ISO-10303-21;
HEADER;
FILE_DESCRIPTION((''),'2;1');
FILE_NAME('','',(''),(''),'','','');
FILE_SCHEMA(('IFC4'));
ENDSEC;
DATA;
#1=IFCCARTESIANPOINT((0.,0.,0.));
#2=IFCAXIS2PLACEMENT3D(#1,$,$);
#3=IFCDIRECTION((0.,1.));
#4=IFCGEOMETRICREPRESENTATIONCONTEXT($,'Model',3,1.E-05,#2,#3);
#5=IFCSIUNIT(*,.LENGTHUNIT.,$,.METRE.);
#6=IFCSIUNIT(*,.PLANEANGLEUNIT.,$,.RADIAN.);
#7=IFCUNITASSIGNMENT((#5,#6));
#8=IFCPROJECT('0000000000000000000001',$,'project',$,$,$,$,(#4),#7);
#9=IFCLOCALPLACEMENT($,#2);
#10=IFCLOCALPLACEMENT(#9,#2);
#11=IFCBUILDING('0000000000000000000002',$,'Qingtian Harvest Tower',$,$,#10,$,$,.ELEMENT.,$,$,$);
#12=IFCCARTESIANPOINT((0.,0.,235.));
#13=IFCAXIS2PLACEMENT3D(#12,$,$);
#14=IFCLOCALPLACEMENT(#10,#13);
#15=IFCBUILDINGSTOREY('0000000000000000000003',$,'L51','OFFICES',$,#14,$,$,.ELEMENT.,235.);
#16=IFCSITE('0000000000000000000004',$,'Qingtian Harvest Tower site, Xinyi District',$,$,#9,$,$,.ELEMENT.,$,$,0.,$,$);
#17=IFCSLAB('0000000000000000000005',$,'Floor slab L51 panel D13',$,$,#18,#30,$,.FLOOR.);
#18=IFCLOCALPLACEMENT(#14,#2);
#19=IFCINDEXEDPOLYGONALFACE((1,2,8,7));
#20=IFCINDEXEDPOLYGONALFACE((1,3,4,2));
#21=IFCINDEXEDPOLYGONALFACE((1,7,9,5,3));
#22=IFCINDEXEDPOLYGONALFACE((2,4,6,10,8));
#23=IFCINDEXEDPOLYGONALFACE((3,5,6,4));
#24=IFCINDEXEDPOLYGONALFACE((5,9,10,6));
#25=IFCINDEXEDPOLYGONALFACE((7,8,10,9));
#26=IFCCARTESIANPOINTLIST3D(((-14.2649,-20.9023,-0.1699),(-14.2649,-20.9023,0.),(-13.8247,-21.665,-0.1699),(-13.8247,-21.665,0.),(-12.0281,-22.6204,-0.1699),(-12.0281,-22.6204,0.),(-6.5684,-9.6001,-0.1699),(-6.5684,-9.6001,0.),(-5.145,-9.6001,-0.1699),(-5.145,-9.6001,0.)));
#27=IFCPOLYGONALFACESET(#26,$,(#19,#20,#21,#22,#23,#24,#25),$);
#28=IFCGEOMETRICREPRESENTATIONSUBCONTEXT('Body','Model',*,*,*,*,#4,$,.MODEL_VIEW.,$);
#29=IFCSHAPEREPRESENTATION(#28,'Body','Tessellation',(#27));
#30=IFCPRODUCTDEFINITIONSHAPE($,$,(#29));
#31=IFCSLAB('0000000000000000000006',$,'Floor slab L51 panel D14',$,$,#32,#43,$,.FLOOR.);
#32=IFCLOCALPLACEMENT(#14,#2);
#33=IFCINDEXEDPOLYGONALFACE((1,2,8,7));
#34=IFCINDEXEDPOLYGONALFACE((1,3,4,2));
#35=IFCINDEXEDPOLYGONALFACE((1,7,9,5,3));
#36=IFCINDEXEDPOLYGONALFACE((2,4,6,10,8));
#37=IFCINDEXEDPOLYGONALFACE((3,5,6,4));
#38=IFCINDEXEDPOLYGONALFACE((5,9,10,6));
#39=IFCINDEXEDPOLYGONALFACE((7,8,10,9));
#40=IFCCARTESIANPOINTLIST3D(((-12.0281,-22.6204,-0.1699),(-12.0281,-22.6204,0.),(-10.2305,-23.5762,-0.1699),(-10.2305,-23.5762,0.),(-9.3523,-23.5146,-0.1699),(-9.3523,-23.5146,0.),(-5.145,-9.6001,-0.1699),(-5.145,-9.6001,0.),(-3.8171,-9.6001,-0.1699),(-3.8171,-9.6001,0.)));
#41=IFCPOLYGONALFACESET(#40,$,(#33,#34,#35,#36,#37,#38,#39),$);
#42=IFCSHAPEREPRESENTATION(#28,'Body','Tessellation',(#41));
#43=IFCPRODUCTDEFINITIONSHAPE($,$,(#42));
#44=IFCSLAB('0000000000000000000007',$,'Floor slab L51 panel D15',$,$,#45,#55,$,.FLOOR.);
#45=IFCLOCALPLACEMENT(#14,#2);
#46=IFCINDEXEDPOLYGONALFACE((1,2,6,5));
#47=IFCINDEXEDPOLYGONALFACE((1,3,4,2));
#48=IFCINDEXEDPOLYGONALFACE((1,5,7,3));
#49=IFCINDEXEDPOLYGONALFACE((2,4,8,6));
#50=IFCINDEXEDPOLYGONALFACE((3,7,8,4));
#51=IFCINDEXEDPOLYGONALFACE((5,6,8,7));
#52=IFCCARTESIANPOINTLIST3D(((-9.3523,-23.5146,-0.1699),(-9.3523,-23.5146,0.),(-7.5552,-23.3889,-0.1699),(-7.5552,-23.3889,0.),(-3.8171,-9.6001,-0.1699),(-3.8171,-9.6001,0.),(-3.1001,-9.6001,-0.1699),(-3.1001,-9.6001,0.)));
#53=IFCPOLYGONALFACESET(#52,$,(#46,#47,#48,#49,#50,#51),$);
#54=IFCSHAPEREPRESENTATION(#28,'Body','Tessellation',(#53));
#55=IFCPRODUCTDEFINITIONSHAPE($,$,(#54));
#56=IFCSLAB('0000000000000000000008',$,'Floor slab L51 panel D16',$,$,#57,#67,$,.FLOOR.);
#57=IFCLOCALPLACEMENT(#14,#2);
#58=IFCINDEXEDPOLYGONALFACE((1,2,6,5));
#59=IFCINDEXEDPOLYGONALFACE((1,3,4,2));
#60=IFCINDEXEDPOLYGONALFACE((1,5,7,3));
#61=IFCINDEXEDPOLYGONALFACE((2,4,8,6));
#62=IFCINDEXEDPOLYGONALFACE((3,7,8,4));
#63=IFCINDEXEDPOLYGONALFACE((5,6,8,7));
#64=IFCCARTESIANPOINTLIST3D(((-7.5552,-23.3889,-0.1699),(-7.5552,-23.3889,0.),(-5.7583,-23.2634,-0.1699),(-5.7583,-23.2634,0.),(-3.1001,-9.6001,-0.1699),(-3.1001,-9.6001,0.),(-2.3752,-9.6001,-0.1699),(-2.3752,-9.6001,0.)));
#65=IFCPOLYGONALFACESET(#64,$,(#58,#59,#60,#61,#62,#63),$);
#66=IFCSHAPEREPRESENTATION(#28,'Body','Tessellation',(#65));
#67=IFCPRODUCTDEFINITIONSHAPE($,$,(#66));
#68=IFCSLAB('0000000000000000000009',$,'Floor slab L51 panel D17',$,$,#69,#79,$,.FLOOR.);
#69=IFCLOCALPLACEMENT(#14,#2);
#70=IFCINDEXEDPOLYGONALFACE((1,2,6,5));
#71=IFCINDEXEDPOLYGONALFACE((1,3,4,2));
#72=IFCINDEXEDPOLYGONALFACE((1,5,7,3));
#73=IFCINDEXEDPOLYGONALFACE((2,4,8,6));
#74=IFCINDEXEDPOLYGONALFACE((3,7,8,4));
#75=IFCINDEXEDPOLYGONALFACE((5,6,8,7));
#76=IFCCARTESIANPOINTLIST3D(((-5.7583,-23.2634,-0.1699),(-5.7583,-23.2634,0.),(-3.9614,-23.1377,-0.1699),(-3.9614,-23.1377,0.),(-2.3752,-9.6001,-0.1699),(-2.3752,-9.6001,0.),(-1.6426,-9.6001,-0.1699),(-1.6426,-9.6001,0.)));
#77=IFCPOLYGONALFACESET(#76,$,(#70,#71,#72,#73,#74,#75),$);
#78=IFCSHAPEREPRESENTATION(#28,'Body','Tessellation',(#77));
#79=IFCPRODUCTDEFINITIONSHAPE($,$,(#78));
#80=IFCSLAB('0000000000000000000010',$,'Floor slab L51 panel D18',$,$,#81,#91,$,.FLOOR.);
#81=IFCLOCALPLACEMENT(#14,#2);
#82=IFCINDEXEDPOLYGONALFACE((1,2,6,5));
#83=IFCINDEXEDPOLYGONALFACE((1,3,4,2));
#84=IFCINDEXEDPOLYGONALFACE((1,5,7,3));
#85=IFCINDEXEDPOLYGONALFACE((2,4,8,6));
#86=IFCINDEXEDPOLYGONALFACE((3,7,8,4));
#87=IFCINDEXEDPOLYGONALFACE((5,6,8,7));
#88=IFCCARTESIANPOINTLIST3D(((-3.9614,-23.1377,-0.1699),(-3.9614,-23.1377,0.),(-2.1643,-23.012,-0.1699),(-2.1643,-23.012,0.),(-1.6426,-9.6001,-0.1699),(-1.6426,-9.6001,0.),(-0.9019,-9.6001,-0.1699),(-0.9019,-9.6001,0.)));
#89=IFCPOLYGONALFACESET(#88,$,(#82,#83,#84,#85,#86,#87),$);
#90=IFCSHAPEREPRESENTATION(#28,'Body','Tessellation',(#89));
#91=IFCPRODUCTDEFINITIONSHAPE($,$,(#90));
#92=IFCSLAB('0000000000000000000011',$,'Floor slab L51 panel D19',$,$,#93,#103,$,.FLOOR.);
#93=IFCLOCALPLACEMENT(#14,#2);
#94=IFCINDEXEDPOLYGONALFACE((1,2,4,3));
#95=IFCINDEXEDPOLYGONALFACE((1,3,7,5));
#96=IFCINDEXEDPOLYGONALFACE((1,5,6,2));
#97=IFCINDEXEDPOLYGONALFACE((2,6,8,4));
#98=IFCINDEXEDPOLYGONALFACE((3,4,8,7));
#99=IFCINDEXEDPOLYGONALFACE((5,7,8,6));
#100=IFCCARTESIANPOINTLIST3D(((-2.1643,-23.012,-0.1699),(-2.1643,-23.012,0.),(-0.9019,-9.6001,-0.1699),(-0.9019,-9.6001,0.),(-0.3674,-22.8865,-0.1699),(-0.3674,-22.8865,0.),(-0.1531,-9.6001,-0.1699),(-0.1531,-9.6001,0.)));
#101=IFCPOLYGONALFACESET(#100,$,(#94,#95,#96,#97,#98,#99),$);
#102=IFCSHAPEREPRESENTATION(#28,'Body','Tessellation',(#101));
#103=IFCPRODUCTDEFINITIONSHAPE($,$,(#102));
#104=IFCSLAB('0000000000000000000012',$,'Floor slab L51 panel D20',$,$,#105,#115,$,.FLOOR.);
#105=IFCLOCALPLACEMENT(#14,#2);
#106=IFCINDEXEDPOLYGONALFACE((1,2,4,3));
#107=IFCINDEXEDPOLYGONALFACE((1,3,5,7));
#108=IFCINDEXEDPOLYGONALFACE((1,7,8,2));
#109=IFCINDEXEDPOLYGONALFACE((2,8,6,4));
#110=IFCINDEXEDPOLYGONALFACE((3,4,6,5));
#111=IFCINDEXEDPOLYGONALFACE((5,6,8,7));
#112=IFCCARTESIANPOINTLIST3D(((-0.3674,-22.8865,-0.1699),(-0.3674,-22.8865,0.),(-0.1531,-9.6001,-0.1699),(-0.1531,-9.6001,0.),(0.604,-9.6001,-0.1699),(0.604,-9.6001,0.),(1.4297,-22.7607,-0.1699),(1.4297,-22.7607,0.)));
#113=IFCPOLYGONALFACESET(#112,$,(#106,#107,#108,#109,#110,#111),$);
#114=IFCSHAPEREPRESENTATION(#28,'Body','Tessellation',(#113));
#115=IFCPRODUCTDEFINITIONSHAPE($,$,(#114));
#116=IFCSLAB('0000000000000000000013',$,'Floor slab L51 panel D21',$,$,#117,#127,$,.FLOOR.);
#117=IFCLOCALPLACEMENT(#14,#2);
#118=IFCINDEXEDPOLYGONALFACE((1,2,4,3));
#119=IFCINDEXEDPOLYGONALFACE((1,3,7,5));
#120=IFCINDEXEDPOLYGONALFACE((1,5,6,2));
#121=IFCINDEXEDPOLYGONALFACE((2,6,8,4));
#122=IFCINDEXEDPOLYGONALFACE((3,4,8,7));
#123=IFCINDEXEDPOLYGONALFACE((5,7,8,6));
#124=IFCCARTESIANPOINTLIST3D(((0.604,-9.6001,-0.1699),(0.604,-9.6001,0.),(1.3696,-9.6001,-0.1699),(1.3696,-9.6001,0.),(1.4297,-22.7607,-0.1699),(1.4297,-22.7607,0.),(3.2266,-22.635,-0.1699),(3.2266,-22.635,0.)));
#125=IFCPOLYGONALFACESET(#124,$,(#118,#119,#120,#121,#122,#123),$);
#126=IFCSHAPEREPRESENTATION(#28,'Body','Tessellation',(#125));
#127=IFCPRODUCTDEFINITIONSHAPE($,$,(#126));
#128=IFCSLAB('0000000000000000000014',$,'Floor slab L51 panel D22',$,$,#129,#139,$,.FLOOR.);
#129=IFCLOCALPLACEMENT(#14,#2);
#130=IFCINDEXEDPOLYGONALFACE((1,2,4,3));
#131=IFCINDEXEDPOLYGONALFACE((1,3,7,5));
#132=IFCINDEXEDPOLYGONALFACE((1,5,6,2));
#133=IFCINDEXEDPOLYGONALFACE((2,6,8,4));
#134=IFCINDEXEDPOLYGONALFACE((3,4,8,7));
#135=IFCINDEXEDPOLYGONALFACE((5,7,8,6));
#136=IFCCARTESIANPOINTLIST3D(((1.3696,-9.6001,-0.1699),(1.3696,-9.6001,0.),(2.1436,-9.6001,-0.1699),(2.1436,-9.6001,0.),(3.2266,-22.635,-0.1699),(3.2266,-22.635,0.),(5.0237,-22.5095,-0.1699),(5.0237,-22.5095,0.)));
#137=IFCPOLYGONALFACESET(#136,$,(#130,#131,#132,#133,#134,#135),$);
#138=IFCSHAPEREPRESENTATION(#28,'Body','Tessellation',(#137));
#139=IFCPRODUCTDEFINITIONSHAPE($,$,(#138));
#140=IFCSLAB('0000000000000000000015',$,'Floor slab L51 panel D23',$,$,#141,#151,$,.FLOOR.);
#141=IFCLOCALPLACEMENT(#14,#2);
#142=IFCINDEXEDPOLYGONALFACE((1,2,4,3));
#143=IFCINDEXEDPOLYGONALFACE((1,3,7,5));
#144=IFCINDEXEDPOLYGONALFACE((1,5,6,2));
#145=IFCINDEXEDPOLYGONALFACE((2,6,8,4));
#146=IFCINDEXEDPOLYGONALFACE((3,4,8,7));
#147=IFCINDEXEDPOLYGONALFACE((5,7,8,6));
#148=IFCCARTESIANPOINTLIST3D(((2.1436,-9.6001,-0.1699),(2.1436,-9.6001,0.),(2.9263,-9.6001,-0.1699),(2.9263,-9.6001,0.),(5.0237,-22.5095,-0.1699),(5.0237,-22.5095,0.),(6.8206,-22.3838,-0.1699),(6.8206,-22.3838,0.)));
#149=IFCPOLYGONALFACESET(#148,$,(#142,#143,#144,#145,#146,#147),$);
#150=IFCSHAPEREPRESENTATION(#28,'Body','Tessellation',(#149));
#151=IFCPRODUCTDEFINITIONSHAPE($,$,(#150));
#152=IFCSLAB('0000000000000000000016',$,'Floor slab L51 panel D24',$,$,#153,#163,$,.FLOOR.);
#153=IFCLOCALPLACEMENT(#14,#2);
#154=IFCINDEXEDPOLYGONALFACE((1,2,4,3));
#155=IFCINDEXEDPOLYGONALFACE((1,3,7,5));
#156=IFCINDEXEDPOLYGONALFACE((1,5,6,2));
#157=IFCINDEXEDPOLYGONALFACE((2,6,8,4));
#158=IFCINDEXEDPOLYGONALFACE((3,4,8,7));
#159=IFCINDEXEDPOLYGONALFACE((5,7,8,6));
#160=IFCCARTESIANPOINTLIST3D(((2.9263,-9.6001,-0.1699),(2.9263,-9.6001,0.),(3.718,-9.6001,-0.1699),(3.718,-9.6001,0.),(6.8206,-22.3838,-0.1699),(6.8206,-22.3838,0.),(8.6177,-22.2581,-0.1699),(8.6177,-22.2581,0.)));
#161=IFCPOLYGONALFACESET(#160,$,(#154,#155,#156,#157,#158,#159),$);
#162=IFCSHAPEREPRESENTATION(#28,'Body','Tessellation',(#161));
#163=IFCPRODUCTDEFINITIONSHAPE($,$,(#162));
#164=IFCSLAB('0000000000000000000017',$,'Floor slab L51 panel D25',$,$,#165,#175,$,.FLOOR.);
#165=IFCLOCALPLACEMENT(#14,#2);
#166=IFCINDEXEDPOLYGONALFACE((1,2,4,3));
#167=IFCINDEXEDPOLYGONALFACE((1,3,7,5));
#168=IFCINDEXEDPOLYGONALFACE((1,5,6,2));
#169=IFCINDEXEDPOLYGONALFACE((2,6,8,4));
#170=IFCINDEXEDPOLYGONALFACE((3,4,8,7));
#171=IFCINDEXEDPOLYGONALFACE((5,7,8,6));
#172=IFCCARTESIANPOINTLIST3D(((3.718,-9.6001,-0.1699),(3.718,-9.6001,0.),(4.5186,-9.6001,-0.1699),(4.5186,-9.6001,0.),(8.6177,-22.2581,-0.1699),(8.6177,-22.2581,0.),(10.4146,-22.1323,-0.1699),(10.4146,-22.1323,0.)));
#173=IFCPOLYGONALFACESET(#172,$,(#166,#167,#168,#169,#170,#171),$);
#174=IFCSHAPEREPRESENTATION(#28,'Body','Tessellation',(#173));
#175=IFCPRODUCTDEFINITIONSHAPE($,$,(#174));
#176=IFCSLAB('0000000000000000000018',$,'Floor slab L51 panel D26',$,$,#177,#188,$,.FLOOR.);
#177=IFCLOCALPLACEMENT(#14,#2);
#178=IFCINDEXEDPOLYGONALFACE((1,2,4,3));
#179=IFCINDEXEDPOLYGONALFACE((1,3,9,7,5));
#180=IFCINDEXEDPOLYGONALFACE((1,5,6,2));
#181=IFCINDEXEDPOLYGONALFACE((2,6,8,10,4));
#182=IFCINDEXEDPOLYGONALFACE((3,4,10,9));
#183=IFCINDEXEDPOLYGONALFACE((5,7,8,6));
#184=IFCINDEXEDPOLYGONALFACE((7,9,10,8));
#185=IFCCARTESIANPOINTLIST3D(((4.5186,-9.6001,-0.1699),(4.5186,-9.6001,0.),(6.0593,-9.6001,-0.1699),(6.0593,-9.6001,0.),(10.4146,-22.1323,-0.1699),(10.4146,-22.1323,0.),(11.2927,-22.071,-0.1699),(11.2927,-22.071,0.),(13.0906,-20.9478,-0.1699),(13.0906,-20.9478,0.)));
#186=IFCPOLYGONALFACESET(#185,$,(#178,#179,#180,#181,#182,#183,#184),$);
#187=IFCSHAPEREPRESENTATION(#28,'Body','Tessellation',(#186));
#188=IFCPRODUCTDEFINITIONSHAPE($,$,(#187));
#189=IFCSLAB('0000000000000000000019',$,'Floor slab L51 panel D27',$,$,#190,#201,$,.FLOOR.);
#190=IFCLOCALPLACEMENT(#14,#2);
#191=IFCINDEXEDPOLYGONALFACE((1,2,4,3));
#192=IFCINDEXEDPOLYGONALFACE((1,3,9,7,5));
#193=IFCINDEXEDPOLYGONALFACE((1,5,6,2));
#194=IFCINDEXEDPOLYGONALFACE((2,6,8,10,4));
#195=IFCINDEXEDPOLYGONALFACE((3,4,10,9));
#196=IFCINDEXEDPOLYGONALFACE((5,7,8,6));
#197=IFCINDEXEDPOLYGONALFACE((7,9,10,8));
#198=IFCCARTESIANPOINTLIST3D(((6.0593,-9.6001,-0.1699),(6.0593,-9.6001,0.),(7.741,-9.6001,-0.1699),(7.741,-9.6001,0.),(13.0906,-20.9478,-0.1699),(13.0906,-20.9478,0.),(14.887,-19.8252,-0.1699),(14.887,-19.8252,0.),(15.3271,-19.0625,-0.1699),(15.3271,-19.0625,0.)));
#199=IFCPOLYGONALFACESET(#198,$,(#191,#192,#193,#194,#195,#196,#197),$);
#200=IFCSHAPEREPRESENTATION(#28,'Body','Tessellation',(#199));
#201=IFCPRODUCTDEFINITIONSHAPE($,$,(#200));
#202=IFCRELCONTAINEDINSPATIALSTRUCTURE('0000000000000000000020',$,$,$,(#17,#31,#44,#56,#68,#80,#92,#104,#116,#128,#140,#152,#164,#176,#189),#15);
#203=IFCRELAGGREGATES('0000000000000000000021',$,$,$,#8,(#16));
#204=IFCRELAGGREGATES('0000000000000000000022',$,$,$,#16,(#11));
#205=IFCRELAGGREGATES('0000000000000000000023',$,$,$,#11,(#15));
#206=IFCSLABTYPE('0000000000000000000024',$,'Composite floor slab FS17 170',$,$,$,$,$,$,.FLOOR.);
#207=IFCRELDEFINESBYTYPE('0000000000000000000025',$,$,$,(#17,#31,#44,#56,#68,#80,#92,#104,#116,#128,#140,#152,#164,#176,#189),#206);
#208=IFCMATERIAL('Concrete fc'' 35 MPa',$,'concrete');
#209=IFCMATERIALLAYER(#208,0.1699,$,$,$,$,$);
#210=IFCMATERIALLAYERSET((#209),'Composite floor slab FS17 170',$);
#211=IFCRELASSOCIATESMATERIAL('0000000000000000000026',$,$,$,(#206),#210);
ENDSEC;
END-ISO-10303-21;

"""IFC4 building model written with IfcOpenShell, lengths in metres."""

from ifc_helpers import new_model, si_unit, direction, frame, origin, place, context, subcontext, project, spatial, polyline, outline, extrude, material, layer, layer_set, type_object, element, save


model = new_model("IFC4")

# Units and contexts
model_context = context("Model", 3, precision=1e-05, world=origin(), true_north=direction((0.0, 1.0)))
body_context = subcontext(model_context, "Body", "Model", "MODEL_VIEW")
ifc_project = project(units=[si_unit("LENGTHUNIT", "METRE"), si_unit("PLANEANGLEUNIT", "RADIAN")], contexts=[model_context])

# Site, building, storey
site_placement = place(None, origin())
site = spatial("IfcSite", under=ifc_project, at=site_placement, Name="Qingtian Harvest Tower site, Xinyi District", CompositionType="ELEMENT", RefElevation=0.0)
building_placement = place(site_placement, origin())
building = spatial("IfcBuilding", under=site, at=building_placement, Name="Qingtian Harvest Tower", CompositionType="ELEMENT")
storey_placement = place(building_placement, frame((0.0, 0.0, 235.0)))
storey = spatial("IfcBuildingStorey", under=building, at=storey_placement, Name="L51", Description="OFFICES", CompositionType="ELEMENT", Elevation=235.0)

# Slabs
ifc_material_1 = material(Name="Concrete fc' 35 MPa", Category="concrete")
ifc_layer_1 = layer(ifc_material_1, 0.1699)
ifc_layer_set_1 = layer_set([ifc_layer_1], Name="Composite floor slab FS17 170")
slab_type = type_object("IfcSlabType", Name="Composite floor slab FS17 170", PredefinedType="FLOOR", material=ifc_layer_set_1)
slab_1_placement = place(storey_placement, frame((0.0, 0.0, -0.1699)))
element("IfcSlab", 1, at=slab_1_placement, inside=storey, type_object=slab_type, Name="Floor slab L51 panel D13", PredefinedType="FLOOR", context=body_context, shape_type="SweptSolid", body=[
    extrude(outline(polyline([(-6.5684, -9.6001), (-5.145, -9.6001), (-12.0281, -22.6204), (-13.8247, -21.665), (-14.2649, -20.9023), (-6.5684, -9.6001)])), origin(), (0.0, 0.0, 1.0), 0.1699),
])
slab_2_placement = place(storey_placement, frame((0.0, 0.0, -0.1699)))
element("IfcSlab", 2, at=slab_2_placement, inside=storey, type_object=slab_type, Name="Floor slab L51 panel D14", PredefinedType="FLOOR", context=body_context, shape_type="SweptSolid", body=[
    extrude(outline(polyline([(-5.145, -9.6001), (-3.8171, -9.6001), (-9.3523, -23.5146), (-10.2305, -23.5762), (-12.0281, -22.6204), (-5.145, -9.6001)])), origin(), (0.0, 0.0, 1.0), 0.1699),
])
slab_3_placement = place(storey_placement, frame((0.0, 0.0, -0.1699)))
element("IfcSlab", 3, at=slab_3_placement, inside=storey, type_object=slab_type, Name="Floor slab L51 panel D15", PredefinedType="FLOOR", context=body_context, shape_type="SweptSolid", body=[
    extrude(outline(polyline([(-3.1001, -9.6001), (-7.5552, -23.3889), (-9.3523, -23.5146), (-3.8171, -9.6001), (-3.1001, -9.6001)])), origin(), (0.0, 0.0, 1.0), 0.1699),
])
slab_4_placement = place(storey_placement, frame((0.0, 0.0, -0.1699)))
element("IfcSlab", 4, at=slab_4_placement, inside=storey, type_object=slab_type, Name="Floor slab L51 panel D16", PredefinedType="FLOOR", context=body_context, shape_type="SweptSolid", body=[
    extrude(outline(polyline([(-2.3752, -9.6001), (-5.7583, -23.2634), (-7.5552, -23.3889), (-3.1001, -9.6001), (-2.3752, -9.6001)])), origin(), (0.0, 0.0, 1.0), 0.1699),
])
slab_5_placement = place(storey_placement, frame((0.0, 0.0, -0.1699)))
element("IfcSlab", 5, at=slab_5_placement, inside=storey, type_object=slab_type, Name="Floor slab L51 panel D17", PredefinedType="FLOOR", context=body_context, shape_type="SweptSolid", body=[
    extrude(outline(polyline([(-1.6426, -9.6001), (-3.9614, -23.1377), (-5.7583, -23.2634), (-2.3752, -9.6001), (-1.6426, -9.6001)])), origin(), (0.0, 0.0, 1.0), 0.1699),
])
slab_6_placement = place(storey_placement, frame((0.0, 0.0, -0.1699)))
element("IfcSlab", 6, at=slab_6_placement, inside=storey, type_object=slab_type, Name="Floor slab L51 panel D18", PredefinedType="FLOOR", context=body_context, shape_type="SweptSolid", body=[
    extrude(outline(polyline([(-0.9019, -9.6001), (-2.1643, -23.012), (-3.9614, -23.1377), (-1.6426, -9.6001), (-0.9019, -9.6001)])), origin(), (0.0, 0.0, 1.0), 0.1699),
])
slab_7_placement = place(storey_placement, frame((0.0, 0.0, -0.1699)))
element("IfcSlab", 7, at=slab_7_placement, inside=storey, type_object=slab_type, Name="Floor slab L51 panel D19", PredefinedType="FLOOR", context=body_context, shape_type="SweptSolid", body=[
    extrude(outline(polyline([(-0.1531, -9.6001), (-0.3674, -22.8865), (-2.1643, -23.012), (-0.9019, -9.6001), (-0.1531, -9.6001)])), origin(), (0.0, 0.0, 1.0), 0.1699),
])
slab_8_placement = place(storey_placement, frame((0.0, 0.0, -0.1699)))
element("IfcSlab", 8, at=slab_8_placement, inside=storey, type_object=slab_type, Name="Floor slab L51 panel D20", PredefinedType="FLOOR", context=body_context, shape_type="SweptSolid", body=[
    extrude(outline(polyline([(0.604, -9.6001), (1.4297, -22.7607), (-0.3674, -22.8865), (-0.1531, -9.6001), (0.604, -9.6001)])), origin(), (0.0, 0.0, 1.0), 0.1699),
])
slab_9_placement = place(storey_placement, frame((0.0, 0.0, -0.1699)))
element("IfcSlab", 9, at=slab_9_placement, inside=storey, type_object=slab_type, Name="Floor slab L51 panel D21", PredefinedType="FLOOR", context=body_context, shape_type="SweptSolid", body=[
    extrude(outline(polyline([(1.3696, -9.6001), (3.2266, -22.635), (1.4297, -22.7607), (0.604, -9.6001), (1.3696, -9.6001)])), origin(), (0.0, 0.0, 1.0), 0.1699),
])
slab_10_placement = place(storey_placement, frame((0.0, 0.0, -0.1699)))
element("IfcSlab", 10, at=slab_10_placement, inside=storey, type_object=slab_type, Name="Floor slab L51 panel D22", PredefinedType="FLOOR", context=body_context, shape_type="SweptSolid", body=[
    extrude(outline(polyline([(2.1436, -9.6001), (5.0237, -22.5095), (3.2266, -22.635), (1.3696, -9.6001), (2.1436, -9.6001)])), origin(), (0.0, 0.0, 1.0), 0.1699),
])
slab_11_placement = place(storey_placement, frame((0.0, 0.0, -0.1699)))
element("IfcSlab", 11, at=slab_11_placement, inside=storey, type_object=slab_type, Name="Floor slab L51 panel D23", PredefinedType="FLOOR", context=body_context, shape_type="SweptSolid", body=[
    extrude(outline(polyline([(2.9263, -9.6001), (6.8206, -22.3838), (5.0237, -22.5095), (2.1436, -9.6001), (2.9263, -9.6001)])), origin(), (0.0, 0.0, 1.0), 0.1699),
])
slab_12_placement = place(storey_placement, frame((0.0, 0.0, -0.1699)))
element("IfcSlab", 12, at=slab_12_placement, inside=storey, type_object=slab_type, Name="Floor slab L51 panel D24", PredefinedType="FLOOR", context=body_context, shape_type="SweptSolid", body=[
    extrude(outline(polyline([(3.718, -9.6001), (8.6177, -22.2581), (6.8206, -22.3838), (2.9263, -9.6001), (3.718, -9.6001)])), origin(), (0.0, 0.0, 1.0), 0.1699),
])
slab_13_placement = place(storey_placement, frame((0.0, 0.0, -0.1699)))
element("IfcSlab", 13, at=slab_13_placement, inside=storey, type_object=slab_type, Name="Floor slab L51 panel D25", PredefinedType="FLOOR", context=body_context, shape_type="SweptSolid", body=[
    extrude(outline(polyline([(4.5186, -9.6001), (10.4146, -22.1323), (8.6177, -22.2581), (3.718, -9.6001), (4.5186, -9.6001)])), origin(), (0.0, 0.0, 1.0), 0.1699),
])
slab_14_placement = place(storey_placement, frame((0.0, 0.0, -0.1699)))
element("IfcSlab", 14, at=slab_14_placement, inside=storey, type_object=slab_type, Name="Floor slab L51 panel D26", PredefinedType="FLOOR", context=body_context, shape_type="SweptSolid", body=[
    extrude(outline(polyline([(4.5186, -9.6001), (6.0593, -9.6001), (13.0906, -20.9478), (11.2927, -22.071), (10.4146, -22.1323), (4.5186, -9.6001)])), origin(), (0.0, 0.0, 1.0), 0.1699),
])
slab_15_placement = place(storey_placement, frame((0.0, 0.0, -0.1699)))
element("IfcSlab", 15, at=slab_15_placement, inside=storey, type_object=slab_type, Name="Floor slab L51 panel D27", PredefinedType="FLOOR", context=body_context, shape_type="SweptSolid", body=[
    extrude(outline(polyline([(6.0593, -9.6001), (7.741, -9.6001), (15.3271, -19.0625), (14.887, -19.8252), (13.0906, -20.9478), (6.0593, -9.6001)])), origin(), (0.0, 0.0, 1.0), 0.1699),
])

save(model, "model.ifc")
